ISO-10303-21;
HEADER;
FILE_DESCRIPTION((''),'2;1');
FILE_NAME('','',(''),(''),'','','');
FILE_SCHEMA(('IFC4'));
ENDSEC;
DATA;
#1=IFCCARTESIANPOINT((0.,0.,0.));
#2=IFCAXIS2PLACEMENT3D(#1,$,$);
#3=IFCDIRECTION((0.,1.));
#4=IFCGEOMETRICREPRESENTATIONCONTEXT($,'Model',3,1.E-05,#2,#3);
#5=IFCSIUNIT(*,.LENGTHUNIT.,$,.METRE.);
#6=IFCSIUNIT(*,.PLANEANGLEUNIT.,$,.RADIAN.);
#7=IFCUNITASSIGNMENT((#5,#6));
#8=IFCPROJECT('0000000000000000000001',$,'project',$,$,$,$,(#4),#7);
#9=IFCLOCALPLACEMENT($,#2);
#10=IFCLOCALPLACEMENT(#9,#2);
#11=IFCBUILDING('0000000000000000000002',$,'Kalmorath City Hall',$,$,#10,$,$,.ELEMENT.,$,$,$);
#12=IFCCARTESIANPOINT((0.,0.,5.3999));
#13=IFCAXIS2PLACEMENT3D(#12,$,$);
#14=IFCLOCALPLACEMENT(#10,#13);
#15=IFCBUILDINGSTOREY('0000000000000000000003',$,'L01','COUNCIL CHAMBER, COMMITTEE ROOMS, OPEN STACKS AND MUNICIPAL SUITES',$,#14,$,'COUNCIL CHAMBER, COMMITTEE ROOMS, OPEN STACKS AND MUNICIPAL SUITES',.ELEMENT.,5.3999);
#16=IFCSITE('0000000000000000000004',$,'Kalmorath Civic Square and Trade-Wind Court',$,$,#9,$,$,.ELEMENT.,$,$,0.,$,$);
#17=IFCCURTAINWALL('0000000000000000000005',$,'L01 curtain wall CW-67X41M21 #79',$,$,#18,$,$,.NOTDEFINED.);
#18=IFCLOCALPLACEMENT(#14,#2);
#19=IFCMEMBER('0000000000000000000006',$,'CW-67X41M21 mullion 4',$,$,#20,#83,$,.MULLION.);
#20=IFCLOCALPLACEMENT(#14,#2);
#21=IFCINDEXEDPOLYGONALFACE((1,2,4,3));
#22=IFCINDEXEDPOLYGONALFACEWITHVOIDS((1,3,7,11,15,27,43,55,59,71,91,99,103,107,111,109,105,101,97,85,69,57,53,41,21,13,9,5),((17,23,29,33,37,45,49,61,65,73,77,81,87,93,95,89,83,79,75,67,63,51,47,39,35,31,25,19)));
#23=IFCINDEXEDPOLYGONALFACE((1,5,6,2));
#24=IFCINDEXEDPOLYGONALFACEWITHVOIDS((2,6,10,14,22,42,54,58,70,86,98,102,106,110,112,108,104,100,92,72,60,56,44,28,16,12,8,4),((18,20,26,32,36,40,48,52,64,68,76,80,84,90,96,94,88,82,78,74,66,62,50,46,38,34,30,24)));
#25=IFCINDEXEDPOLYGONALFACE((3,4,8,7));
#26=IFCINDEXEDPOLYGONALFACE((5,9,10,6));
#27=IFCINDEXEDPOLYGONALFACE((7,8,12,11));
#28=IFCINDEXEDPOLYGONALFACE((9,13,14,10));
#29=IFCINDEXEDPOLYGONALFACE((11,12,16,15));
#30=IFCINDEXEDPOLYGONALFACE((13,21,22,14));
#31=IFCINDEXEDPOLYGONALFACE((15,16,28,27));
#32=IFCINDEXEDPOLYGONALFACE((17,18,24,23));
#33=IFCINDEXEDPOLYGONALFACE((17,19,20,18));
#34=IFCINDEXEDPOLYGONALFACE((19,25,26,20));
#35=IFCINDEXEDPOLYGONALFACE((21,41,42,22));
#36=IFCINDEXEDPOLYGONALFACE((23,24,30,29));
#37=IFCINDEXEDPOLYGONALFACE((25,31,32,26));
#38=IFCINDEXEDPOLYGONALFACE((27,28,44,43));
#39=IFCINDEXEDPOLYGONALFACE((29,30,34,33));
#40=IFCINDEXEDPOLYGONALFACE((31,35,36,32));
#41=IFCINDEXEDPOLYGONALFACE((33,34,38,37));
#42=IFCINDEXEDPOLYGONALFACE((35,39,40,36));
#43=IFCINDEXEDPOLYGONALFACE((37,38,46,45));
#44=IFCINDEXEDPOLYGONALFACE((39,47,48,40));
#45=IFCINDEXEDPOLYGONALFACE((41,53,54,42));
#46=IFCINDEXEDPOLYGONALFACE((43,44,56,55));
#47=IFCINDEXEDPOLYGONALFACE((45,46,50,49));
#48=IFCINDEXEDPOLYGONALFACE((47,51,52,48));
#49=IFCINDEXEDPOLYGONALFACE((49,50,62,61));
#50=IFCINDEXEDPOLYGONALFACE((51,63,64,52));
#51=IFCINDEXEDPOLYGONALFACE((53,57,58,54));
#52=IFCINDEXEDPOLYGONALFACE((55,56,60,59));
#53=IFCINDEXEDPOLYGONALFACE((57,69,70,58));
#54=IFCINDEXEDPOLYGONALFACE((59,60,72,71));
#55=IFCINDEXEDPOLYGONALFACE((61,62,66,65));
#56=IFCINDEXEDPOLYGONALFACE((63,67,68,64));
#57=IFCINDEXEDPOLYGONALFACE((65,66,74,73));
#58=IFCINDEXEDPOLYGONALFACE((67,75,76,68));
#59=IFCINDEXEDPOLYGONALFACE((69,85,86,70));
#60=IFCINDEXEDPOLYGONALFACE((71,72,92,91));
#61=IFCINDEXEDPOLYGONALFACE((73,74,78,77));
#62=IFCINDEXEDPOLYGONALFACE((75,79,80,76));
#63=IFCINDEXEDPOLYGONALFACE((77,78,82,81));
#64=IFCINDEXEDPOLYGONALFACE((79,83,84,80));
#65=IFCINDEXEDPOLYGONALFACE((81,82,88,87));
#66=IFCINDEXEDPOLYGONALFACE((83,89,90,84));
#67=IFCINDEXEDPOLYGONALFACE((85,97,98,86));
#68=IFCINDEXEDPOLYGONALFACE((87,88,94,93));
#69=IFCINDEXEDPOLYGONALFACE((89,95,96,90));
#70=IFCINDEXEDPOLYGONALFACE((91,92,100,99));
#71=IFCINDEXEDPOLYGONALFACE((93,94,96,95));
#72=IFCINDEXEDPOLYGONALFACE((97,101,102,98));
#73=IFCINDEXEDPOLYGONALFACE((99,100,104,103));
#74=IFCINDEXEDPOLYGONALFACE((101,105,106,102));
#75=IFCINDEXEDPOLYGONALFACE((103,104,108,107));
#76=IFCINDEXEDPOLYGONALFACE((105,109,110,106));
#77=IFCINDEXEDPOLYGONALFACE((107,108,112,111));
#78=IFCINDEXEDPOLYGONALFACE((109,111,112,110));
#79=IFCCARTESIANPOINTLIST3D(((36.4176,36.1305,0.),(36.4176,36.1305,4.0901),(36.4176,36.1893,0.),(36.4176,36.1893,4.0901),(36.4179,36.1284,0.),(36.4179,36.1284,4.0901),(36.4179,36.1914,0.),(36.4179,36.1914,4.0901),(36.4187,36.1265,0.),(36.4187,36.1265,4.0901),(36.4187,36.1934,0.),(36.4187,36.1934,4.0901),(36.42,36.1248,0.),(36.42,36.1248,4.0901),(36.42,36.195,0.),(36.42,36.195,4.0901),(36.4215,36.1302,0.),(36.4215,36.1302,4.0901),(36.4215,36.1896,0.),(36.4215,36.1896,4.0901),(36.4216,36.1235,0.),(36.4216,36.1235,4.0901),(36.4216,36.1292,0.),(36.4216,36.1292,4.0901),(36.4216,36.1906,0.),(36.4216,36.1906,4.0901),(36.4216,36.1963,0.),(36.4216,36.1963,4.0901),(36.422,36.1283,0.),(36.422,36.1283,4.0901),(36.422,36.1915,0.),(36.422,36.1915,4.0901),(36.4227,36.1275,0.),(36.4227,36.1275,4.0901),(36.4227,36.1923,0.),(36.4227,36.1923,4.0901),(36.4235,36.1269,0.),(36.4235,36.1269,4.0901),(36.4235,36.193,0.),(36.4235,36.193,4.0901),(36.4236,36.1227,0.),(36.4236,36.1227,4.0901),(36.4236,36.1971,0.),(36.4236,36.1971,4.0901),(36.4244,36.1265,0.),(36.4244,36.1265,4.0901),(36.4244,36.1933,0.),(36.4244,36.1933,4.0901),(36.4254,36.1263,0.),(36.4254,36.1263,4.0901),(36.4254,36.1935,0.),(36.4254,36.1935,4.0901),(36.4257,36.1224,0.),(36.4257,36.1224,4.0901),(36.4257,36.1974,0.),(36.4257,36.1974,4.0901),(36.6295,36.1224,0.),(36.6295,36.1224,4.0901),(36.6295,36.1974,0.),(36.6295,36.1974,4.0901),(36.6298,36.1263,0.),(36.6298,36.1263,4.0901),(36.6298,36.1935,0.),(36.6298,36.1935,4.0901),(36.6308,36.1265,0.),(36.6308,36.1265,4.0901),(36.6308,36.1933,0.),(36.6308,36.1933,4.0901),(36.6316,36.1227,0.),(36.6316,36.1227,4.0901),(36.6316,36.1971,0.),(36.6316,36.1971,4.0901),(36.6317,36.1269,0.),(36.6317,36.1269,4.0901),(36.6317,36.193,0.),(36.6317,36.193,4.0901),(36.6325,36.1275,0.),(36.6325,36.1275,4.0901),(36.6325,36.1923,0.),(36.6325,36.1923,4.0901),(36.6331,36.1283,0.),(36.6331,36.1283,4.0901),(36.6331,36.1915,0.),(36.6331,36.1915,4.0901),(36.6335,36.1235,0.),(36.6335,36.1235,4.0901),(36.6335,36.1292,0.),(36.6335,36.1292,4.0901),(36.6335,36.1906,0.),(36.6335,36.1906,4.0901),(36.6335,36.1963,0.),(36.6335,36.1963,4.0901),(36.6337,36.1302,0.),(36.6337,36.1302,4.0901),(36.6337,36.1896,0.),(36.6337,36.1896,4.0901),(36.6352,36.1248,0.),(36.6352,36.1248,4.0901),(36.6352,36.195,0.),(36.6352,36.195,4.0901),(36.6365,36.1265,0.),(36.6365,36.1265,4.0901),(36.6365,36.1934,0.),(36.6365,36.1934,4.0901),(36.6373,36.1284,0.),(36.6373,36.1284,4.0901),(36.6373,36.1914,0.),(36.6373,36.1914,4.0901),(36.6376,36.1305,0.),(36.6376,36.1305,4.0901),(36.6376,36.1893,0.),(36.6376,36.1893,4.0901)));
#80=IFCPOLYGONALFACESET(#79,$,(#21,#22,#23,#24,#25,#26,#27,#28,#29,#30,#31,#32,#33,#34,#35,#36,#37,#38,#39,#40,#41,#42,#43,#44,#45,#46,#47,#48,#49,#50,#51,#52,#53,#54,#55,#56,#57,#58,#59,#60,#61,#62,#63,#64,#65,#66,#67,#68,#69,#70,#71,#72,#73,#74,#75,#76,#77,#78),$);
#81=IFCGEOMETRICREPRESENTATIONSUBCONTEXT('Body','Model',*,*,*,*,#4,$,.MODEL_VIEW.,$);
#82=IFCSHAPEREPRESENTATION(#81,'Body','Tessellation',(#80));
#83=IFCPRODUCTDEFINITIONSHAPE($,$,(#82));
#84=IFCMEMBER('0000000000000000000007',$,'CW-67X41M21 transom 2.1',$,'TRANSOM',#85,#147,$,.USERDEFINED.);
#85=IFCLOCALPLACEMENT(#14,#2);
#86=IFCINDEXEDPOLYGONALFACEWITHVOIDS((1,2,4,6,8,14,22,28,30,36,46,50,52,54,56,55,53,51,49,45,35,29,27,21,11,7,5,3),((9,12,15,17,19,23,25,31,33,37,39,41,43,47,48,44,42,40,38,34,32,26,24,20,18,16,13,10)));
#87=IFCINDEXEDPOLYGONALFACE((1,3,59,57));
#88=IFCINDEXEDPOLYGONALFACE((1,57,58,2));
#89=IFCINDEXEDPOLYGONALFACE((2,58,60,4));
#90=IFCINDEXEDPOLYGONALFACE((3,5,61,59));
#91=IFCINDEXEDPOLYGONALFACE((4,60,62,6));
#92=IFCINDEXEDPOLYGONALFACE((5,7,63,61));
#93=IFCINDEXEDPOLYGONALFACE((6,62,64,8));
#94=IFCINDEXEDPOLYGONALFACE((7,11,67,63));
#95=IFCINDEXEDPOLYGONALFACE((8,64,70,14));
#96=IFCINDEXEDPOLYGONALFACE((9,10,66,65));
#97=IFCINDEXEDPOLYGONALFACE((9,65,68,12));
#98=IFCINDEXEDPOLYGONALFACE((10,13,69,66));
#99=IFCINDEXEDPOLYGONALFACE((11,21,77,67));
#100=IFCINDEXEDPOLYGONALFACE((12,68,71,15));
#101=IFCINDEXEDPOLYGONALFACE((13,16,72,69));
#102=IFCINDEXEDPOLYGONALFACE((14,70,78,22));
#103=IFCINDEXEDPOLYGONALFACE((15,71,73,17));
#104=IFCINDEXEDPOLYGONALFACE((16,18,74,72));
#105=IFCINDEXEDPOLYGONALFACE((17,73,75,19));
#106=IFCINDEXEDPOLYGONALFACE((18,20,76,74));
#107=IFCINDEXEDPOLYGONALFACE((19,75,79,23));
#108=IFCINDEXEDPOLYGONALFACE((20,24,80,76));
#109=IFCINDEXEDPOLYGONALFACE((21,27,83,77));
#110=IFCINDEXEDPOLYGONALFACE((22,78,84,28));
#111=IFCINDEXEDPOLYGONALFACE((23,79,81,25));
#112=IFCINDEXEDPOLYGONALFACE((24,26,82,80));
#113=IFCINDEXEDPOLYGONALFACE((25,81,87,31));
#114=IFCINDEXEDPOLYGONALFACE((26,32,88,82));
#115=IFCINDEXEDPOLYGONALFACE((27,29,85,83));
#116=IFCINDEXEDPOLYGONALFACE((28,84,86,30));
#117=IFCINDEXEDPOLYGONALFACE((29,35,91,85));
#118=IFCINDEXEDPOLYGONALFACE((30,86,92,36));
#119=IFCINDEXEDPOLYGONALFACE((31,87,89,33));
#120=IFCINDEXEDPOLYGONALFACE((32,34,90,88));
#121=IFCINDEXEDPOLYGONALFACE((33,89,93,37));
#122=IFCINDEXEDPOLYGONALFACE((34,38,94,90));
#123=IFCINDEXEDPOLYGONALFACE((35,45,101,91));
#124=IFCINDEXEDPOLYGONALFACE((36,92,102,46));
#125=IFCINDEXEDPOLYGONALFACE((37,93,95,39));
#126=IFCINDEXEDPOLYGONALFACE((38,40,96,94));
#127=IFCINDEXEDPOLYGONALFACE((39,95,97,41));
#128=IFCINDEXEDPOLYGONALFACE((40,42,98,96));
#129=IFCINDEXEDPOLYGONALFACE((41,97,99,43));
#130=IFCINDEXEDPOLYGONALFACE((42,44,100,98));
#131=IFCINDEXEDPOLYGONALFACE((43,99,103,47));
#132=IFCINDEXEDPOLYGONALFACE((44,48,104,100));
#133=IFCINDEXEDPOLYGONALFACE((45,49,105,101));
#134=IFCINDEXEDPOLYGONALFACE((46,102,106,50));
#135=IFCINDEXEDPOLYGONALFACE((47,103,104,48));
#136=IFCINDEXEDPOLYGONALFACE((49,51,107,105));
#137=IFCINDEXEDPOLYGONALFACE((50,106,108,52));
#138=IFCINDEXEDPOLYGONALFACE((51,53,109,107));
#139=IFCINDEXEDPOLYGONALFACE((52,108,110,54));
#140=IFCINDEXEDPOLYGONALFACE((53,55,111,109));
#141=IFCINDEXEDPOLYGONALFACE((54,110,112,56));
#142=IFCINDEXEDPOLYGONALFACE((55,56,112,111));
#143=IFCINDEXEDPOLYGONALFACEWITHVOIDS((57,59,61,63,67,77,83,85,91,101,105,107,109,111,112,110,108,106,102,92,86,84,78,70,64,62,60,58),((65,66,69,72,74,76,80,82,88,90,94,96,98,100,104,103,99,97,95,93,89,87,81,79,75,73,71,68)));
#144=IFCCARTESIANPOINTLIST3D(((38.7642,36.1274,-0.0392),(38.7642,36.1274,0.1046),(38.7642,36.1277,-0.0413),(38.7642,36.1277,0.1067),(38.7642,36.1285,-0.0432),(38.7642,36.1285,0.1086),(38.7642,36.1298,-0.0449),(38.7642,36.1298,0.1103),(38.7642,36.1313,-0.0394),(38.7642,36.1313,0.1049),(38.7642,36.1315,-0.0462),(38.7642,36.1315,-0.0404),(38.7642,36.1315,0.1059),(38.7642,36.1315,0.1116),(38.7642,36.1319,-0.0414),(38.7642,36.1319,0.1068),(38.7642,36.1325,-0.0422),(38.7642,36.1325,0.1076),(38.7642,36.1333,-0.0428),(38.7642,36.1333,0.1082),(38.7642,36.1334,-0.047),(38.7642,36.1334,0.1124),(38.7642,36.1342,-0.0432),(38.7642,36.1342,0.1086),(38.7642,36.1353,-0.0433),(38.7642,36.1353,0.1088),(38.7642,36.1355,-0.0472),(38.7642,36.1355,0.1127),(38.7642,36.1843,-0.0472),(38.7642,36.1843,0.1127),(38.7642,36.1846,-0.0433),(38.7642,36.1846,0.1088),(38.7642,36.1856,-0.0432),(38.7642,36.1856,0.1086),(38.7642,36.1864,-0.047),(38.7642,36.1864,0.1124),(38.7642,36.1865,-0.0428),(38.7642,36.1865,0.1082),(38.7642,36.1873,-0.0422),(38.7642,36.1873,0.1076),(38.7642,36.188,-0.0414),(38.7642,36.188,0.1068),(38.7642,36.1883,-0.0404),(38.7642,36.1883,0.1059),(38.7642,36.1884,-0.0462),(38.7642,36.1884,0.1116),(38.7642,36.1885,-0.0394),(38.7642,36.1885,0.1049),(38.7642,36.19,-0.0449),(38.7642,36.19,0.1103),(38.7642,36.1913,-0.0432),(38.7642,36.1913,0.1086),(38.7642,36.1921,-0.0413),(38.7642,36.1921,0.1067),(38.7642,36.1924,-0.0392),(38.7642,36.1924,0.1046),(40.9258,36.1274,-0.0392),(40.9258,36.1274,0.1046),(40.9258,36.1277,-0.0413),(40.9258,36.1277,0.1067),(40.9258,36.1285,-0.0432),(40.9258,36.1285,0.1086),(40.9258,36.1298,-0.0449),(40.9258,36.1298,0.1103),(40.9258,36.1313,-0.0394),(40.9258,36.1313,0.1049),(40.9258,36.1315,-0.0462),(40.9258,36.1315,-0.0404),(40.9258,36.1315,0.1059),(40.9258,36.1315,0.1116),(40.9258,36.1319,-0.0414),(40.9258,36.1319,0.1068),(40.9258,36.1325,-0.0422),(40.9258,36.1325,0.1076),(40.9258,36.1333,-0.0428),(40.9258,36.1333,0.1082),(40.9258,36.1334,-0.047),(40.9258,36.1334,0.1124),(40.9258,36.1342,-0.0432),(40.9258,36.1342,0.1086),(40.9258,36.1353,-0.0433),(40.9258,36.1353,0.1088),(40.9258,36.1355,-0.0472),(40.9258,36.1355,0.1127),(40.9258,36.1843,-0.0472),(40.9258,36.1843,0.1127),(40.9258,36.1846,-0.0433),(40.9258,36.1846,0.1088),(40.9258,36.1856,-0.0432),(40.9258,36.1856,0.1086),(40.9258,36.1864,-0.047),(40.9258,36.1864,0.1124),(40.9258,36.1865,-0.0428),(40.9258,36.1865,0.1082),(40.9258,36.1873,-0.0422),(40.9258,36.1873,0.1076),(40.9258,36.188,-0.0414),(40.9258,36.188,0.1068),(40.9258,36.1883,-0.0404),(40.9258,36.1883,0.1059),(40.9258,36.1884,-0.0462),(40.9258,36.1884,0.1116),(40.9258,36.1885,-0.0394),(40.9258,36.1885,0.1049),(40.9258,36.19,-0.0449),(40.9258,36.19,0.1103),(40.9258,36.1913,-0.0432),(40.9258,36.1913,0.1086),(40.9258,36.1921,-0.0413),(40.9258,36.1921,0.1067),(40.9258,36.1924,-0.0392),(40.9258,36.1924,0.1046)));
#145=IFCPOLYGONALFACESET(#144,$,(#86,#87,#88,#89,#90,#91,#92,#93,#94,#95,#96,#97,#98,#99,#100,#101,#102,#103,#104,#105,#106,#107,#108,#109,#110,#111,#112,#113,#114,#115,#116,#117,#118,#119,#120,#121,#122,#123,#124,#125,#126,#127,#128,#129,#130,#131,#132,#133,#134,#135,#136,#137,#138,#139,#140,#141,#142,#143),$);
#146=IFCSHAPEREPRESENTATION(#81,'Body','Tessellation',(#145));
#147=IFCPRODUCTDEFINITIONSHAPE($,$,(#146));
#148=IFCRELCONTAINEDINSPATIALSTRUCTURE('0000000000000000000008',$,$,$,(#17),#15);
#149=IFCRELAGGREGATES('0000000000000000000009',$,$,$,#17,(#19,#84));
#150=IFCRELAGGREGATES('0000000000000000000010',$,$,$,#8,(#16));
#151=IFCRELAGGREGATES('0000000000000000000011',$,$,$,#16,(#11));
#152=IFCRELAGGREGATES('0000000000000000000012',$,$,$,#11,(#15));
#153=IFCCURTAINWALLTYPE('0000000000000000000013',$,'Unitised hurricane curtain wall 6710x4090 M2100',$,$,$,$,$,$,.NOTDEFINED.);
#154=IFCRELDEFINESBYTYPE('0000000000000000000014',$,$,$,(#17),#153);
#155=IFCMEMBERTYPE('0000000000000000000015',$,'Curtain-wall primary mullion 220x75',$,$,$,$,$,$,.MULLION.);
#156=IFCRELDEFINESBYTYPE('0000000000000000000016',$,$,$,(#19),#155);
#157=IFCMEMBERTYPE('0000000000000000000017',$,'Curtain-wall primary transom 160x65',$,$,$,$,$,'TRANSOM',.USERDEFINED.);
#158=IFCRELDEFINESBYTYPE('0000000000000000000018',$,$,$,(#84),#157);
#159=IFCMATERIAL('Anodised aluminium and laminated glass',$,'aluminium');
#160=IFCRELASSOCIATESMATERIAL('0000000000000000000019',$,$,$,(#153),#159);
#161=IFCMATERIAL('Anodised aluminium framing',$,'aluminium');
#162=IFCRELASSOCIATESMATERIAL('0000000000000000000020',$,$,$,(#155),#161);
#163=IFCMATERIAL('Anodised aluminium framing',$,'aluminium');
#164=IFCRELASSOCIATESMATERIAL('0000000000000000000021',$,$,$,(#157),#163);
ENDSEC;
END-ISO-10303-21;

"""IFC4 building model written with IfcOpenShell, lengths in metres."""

from ifc_helpers import new_model, si_unit, direction, frame, origin, origin_2d, place, context, subcontext, project, spatial, hollow_rectangle, extrude, material, material_profile, profile_set, type_object, element, aggregate, save


model = new_model("IFC4")

# Units and contexts
model_context = context("Model", 3, precision=1e-05, world=origin(), true_north=direction((0.0, 1.0)))
body_context = subcontext(model_context, "Body", "Model", "MODEL_VIEW")
ifc_project = project(units=[si_unit("LENGTHUNIT", "METRE"), si_unit("PLANEANGLEUNIT", "RADIAN")], contexts=[model_context])

# Site, building, storey
site_placement = place(None, origin())
site = spatial("IfcSite", under=ifc_project, at=site_placement, Name="Kalmorath Civic Square and Trade-Wind Court", CompositionType="ELEMENT", RefElevation=0.0)
building_placement = place(site_placement, origin())
building = spatial("IfcBuilding", under=site, at=building_placement, Name="Kalmorath City Hall", CompositionType="ELEMENT")
storey_placement = place(building_placement, frame((0.0, 0.0, 5.3999)))
storey = spatial("IfcBuildingStorey", under=building, at=storey_placement, Name="L01", Description="COUNCIL CHAMBER, COMMITTEE ROOMS, OPEN STACKS AND MUNICIPAL SUITES", LongName="COUNCIL CHAMBER, COMMITTEE ROOMS, OPEN STACKS AND MUNICIPAL SUITES", CompositionType="ELEMENT", Elevation=5.3999)

# Curtain wall, members
ifc_material_1 = material(Name="Anodised aluminium and laminated glass", Category="aluminium")
curtain_wall_type = type_object("IfcCurtainWallType", Name="Unitised hurricane curtain wall 6710x4090 M2100", PredefinedType="NOTDEFINED", material=ifc_material_1)
curtain_wall_placement = place(storey_placement, origin())
curtain_wall = element("IfcCurtainWall", 1, at=curtain_wall_placement, inside=storey, type_object=curtain_wall_type, Name="L01 curtain wall CW-67X41M21 #79", PredefinedType="NOTDEFINED")
ifc_material_2 = material(Name="Anodised aluminium framing", Category="aluminium")
ifc_material_profile_1 = material_profile(ifc_material_2, hollow_rectangle(XDim=0.075, YDim=0.22, WallThickness=0.0039, InnerFilletRadius=0.0039, OuterFilletRadius=0.0081, at=origin_2d()), Name="ALU-MUL-220X75X4")
ifc_profile_set_1 = profile_set([ifc_material_profile_1], Name="Anodised aluminium framing")
member_type_1 = type_object("IfcMemberType", Name="Curtain-wall primary mullion 220x75", PredefinedType="MULLION", material=ifc_profile_set_1)
member_1_placement = place(storey_placement, frame((36.5276, 36.1599, 0.0), z_axis=(0.0, 0.0, 1.0), x_axis=(0.0, -1.0, 0.0)))
member_1 = element("IfcMember", 2, at=member_1_placement, type_object=member_type_1, Name="CW-67X41M21 mullion 4", PredefinedType="MULLION", context=body_context, shape_type="SweptSolid", body=[
    extrude(hollow_rectangle(XDim=0.075, YDim=0.22, WallThickness=0.0039, InnerFilletRadius=0.0039, OuterFilletRadius=0.0081, at=origin_2d()), origin(), (0.0, 0.0, 1.0), 4.0901),
])
ifc_material_3 = material(Name="Anodised aluminium framing", Category="aluminium")
ifc_material_profile_2 = material_profile(ifc_material_3, hollow_rectangle(XDim=0.0649, YDim=0.1599, WallThickness=0.0039, InnerFilletRadius=0.0039, OuterFilletRadius=0.0081, at=origin_2d()), Name="ALU-TRN-160X65X4")
ifc_profile_set_2 = profile_set([ifc_material_profile_2], Name="Anodised aluminium framing")
member_type_2 = type_object("IfcMemberType", Name="Curtain-wall primary transom 160x65", ElementType="TRANSOM", PredefinedType="USERDEFINED", material=ifc_profile_set_2)
member_2_placement = place(storey_placement, frame((40.9258, 36.1599, 0.0327), z_axis=(-1.0, 0.0, 0.0), x_axis=(0.0, -1.0, 0.0)))
member_2 = element("IfcMember", 3, at=member_2_placement, type_object=member_type_2, Name="CW-67X41M21 transom 2.1", ObjectType="TRANSOM", PredefinedType="USERDEFINED", context=body_context, shape_type="SweptSolid", body=[
    extrude(hollow_rectangle(XDim=0.0649, YDim=0.1599, WallThickness=0.0039, InnerFilletRadius=0.0039, OuterFilletRadius=0.0081, at=origin_2d()), origin(), (0.0, 0.0, 1.0), 2.1616),
])

aggregate(curtain_wall, [member_1, member_2])

save(model, "model.ifc")
